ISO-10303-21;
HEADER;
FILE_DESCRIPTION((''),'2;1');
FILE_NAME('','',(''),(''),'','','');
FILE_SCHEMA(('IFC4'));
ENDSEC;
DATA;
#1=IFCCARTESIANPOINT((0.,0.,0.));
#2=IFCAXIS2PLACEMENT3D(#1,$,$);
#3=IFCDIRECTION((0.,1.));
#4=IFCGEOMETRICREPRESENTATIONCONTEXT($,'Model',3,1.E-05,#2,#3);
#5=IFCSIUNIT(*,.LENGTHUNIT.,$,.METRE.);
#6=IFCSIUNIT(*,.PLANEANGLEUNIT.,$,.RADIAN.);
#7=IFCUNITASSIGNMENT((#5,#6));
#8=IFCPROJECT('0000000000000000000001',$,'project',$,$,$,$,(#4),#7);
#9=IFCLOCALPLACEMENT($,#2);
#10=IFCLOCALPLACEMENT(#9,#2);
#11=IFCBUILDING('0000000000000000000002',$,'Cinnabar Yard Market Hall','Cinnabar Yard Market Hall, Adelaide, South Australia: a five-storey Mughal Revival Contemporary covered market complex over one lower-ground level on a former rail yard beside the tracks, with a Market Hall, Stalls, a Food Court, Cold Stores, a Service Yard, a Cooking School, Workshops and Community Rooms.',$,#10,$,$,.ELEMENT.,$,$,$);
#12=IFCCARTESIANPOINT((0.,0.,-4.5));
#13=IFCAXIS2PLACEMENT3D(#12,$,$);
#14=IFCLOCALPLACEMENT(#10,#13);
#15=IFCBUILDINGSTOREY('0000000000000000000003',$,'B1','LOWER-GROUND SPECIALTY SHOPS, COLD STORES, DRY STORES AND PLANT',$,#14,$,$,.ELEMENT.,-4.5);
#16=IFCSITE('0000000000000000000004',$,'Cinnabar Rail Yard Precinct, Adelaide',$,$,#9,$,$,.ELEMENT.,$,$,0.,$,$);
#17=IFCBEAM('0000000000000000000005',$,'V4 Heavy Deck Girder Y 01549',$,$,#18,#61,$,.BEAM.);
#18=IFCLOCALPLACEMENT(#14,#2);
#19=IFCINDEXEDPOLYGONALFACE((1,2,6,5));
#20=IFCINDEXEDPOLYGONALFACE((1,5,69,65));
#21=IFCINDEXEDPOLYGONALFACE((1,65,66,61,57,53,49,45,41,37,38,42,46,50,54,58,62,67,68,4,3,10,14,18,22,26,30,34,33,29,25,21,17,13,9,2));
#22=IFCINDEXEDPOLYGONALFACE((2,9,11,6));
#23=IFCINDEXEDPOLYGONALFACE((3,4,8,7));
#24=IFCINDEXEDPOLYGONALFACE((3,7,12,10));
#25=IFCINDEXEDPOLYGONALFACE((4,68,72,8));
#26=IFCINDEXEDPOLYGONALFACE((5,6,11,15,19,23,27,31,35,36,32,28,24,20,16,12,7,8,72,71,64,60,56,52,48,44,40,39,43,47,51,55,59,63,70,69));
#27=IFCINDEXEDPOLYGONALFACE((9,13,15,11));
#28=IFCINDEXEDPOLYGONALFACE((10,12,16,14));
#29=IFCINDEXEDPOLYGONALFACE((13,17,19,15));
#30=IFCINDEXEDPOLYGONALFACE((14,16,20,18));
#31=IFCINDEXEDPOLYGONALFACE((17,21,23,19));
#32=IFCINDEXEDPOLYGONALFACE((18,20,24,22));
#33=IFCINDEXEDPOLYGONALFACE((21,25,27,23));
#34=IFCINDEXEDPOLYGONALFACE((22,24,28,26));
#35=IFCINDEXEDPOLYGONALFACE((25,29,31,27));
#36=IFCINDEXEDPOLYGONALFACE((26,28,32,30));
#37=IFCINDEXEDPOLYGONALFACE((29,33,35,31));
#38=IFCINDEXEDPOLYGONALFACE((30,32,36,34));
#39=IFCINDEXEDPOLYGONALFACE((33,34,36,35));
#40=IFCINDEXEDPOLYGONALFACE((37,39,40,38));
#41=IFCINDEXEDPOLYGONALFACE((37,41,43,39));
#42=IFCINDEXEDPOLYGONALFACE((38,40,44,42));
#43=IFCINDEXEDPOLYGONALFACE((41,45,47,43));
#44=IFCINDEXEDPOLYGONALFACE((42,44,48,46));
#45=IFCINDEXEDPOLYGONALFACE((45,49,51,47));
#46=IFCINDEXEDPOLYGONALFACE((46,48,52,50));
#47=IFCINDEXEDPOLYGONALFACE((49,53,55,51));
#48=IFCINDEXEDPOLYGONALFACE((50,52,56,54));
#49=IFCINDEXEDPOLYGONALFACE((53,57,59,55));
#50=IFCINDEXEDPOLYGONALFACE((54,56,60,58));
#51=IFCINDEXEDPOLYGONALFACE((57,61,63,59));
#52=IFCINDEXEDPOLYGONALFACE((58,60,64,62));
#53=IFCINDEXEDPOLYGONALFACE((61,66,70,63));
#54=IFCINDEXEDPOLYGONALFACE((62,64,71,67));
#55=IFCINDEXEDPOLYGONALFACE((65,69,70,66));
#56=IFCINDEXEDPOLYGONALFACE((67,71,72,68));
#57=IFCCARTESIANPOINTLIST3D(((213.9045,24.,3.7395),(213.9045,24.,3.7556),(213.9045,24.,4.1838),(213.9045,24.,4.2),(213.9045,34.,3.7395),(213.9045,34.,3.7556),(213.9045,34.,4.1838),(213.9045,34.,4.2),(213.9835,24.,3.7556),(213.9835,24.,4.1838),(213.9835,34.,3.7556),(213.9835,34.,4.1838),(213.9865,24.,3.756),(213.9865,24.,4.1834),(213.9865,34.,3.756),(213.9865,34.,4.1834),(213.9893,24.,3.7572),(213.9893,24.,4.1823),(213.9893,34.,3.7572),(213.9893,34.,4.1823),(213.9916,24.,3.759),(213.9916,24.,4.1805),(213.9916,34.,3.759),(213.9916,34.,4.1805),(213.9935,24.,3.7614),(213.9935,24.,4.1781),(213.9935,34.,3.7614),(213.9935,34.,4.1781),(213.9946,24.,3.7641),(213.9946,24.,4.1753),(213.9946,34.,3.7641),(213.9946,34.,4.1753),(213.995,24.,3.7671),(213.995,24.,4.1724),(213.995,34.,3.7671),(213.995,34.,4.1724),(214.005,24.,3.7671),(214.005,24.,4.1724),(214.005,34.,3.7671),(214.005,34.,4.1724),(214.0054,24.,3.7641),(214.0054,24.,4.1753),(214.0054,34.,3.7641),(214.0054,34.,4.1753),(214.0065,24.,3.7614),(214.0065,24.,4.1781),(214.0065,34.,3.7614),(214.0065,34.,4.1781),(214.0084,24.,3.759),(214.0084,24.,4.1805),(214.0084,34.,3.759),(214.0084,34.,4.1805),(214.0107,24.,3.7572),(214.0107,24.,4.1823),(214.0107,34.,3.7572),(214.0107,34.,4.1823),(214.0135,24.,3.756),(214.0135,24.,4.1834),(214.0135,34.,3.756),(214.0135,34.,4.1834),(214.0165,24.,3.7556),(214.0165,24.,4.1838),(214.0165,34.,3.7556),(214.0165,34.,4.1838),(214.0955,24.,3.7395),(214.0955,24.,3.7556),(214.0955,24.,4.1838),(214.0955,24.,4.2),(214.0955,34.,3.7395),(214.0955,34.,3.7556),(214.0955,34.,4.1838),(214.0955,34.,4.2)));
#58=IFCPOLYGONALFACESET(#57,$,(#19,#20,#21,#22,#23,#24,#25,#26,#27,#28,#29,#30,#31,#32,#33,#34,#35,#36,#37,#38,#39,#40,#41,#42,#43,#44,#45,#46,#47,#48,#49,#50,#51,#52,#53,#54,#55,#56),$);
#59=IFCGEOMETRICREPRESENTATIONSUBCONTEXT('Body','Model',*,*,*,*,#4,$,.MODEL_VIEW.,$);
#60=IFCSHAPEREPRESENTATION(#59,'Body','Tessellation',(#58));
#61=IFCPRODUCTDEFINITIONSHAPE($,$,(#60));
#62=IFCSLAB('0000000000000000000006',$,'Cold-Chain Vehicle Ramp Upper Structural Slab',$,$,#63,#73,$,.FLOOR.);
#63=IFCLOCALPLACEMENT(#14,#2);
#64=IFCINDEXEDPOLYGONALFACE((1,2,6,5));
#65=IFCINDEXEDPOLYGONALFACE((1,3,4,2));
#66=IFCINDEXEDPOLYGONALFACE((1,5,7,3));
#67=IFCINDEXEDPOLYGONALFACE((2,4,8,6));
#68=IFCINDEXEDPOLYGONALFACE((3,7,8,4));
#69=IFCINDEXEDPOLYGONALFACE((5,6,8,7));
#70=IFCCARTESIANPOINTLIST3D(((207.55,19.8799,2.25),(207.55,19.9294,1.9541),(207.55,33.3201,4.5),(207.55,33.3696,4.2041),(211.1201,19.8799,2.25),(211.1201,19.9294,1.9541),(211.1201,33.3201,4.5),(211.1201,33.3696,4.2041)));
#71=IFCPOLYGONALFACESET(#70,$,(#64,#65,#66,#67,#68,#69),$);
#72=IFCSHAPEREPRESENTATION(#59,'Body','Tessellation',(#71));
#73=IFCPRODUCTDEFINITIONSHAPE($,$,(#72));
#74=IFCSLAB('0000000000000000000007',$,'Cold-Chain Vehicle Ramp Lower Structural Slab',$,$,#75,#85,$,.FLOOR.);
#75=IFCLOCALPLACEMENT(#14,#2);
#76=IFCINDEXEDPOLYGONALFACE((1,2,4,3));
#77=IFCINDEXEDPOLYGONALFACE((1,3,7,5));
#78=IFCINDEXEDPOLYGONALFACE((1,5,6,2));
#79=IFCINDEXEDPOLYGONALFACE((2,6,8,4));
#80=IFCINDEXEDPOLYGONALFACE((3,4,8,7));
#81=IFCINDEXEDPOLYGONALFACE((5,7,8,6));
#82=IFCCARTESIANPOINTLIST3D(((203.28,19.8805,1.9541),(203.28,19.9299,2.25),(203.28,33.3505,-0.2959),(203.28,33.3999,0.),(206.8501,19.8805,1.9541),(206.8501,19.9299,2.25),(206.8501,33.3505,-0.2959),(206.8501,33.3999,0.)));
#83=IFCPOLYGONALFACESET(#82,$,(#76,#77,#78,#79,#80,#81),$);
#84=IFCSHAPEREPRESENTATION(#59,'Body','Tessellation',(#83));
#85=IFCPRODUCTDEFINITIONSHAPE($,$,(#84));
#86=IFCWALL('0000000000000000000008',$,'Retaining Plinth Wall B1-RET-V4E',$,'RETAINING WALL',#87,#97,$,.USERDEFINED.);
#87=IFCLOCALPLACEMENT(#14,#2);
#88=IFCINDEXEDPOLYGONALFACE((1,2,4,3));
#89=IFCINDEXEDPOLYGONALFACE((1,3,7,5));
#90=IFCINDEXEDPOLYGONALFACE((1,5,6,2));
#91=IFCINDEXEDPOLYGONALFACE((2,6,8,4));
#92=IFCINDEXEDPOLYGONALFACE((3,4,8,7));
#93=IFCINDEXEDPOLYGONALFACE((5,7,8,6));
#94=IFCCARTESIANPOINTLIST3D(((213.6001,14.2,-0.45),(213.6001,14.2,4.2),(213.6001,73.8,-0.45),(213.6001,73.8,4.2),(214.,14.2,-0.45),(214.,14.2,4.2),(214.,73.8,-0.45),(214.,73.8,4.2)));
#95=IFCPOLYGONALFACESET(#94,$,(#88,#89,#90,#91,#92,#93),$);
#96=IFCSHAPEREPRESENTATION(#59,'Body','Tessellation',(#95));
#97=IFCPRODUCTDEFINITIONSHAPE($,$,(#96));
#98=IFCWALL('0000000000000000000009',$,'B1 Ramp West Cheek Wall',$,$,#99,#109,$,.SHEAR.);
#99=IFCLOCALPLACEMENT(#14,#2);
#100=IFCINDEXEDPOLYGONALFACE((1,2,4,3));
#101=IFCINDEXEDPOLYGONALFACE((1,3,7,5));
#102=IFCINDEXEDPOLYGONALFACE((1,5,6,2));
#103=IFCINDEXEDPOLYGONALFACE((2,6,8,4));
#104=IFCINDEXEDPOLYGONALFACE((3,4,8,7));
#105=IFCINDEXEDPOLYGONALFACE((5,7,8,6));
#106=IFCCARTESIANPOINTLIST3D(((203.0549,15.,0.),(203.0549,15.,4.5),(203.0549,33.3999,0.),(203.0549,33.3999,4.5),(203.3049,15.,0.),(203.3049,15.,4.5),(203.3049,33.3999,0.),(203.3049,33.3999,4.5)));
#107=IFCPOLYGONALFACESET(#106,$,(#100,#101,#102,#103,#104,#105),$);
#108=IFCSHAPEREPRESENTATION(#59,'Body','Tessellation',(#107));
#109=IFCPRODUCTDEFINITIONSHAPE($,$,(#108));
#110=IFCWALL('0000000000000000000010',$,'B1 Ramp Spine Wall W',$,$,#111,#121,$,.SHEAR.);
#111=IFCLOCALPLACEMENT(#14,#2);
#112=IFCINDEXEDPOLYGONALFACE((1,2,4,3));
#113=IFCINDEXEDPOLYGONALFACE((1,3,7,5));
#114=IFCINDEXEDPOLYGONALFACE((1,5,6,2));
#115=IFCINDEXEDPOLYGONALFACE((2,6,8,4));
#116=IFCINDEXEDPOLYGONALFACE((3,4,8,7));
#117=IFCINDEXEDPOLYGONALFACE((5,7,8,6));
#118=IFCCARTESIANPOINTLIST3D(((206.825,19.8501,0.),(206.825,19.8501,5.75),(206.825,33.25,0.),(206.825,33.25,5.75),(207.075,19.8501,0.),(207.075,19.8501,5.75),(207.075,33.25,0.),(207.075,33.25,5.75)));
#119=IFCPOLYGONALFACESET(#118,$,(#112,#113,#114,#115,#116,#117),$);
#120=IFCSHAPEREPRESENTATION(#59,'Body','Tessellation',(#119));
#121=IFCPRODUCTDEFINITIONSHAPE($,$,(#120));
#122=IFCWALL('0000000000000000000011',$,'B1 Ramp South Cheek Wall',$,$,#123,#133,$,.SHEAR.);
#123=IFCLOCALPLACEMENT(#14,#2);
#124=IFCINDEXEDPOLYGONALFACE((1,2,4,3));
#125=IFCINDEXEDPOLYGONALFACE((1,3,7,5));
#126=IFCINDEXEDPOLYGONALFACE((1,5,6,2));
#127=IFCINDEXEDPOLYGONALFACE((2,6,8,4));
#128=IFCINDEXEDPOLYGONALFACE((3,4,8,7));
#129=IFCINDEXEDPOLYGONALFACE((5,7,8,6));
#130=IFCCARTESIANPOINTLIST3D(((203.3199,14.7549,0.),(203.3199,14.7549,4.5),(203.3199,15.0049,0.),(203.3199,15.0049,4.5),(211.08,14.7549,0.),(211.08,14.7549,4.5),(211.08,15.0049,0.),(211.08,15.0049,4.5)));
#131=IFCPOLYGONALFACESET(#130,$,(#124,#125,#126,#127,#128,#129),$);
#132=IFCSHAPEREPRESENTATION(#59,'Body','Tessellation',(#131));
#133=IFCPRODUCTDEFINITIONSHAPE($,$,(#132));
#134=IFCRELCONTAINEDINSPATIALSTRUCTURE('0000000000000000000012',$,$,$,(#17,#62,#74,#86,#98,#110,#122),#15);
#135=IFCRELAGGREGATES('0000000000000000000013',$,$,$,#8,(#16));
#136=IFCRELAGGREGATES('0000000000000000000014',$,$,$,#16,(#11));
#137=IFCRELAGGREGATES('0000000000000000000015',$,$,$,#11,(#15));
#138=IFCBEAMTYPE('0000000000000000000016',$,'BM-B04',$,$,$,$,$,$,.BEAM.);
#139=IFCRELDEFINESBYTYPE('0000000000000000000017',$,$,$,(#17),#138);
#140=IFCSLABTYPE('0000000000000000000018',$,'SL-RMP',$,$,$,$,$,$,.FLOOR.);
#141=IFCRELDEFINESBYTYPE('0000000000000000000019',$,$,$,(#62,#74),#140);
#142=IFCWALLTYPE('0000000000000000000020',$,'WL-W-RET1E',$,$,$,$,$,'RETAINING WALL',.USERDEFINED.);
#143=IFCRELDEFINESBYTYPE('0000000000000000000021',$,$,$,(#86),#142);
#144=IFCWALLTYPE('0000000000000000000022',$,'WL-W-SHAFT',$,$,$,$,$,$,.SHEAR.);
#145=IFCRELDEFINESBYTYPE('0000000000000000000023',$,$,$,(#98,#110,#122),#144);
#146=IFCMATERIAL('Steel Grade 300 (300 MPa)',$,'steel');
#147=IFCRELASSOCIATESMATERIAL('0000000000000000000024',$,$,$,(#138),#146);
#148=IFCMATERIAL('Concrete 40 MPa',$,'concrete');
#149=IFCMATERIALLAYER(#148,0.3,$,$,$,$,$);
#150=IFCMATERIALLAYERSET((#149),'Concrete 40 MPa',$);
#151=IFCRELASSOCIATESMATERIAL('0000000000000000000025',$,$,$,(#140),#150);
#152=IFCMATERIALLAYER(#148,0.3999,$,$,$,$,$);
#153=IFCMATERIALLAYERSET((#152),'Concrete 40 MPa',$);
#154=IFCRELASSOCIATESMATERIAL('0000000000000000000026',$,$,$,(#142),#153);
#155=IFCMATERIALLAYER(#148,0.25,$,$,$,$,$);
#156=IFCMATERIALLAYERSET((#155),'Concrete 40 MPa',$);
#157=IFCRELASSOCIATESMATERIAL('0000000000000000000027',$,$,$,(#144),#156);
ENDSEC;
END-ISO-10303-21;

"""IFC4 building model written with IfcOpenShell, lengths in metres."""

from ifc_helpers import new_model, si_unit, direction, frame, frame_2d, origin, origin_2d_with_axis, place, context, subcontext, project, spatial, polyline, rectangle, i_section, outline, extrude, material, layer, layer_set, material_profile, profile_set, type_object, element, save


model = new_model("IFC4")

# Units and contexts
model_context = context("Model", 3, precision=1e-05, world=origin(), true_north=direction((0.0, 1.0)))
body_context = subcontext(model_context, "Body", "Model", "MODEL_VIEW")
ifc_project = project(units=[si_unit("LENGTHUNIT", "METRE"), si_unit("PLANEANGLEUNIT", "RADIAN")], contexts=[model_context])

# Site, building, storey
site_placement = place(None, origin())
site = spatial("IfcSite", under=ifc_project, at=site_placement, Name="Cinnabar Rail Yard Precinct, Adelaide", CompositionType="ELEMENT", RefElevation=0.0)
building_placement = place(site_placement, origin())
building = spatial("IfcBuilding", under=site, at=building_placement, Name="Cinnabar Yard Market Hall", Description="Cinnabar Yard Market Hall, Adelaide, South Australia: a five-storey Mughal Revival Contemporary covered market complex over one lower-ground level on a former rail yard beside the tracks, with a Market Hall, Stalls, a Food Court, Cold Stores, a Service Yard, a Cooking School, Workshops and Community Rooms.", CompositionType="ELEMENT")
storey_placement = place(building_placement, frame((0.0, 0.0, -4.5)))
storey = spatial("IfcBuildingStorey", under=building, at=storey_placement, Name="B1", Description="LOWER-GROUND SPECIALTY SHOPS, COLD STORES, DRY STORES AND PLANT", CompositionType="ELEMENT", Elevation=-4.5)

# Shared definitions
ifc_material_1 = material(Name="Concrete 40 MPa", Category="concrete")

# Shared definitions
ifc_material_2 = material(Name="Steel Grade 300 (300 MPa)", Category="steel")

# Beam
ifc_material_profile_1 = material_profile(ifc_material_2, i_section(OverallWidth=0.1909, OverallDepth=0.4604, WebThickness=0.01, FlangeThickness=0.0161, FilletRadius=0.0115, at=origin_2d_with_axis()), Name="460UB82.1")
ifc_profile_set_1 = profile_set([ifc_material_profile_1], Name="Steel Grade 300 (300 MPa)")
beam_type = type_object("IfcBeamType", Name="BM-B04", PredefinedType="BEAM", material=ifc_profile_set_1)
for number, where, z_axis, x_axis, name in (
    (1, (214.0, 24.0, 3.9697), (0.0, 1.0, 0.0), (-1.0, 0.0, 0.0), "V4 Heavy Deck Girder Y 01549"),
):
    element("IfcBeam", number, at=place(storey_placement, frame(where, z_axis=z_axis, x_axis=x_axis)), inside=storey, type_object=beam_type, Name=name, PredefinedType="BEAM", context=body_context, shape_type="SweptSolid", body=[
        extrude(i_section(OverallWidth=0.1909, OverallDepth=0.4604, WebThickness=0.01, FlangeThickness=0.0161, FilletRadius=0.0115, at=origin_2d_with_axis()), origin(), (0.0, 0.0, 1.0), 10.0),
    ])

# Slabs
ifc_layer_1 = layer(ifc_material_1, 0.3)
ifc_layer_set_1 = layer_set([ifc_layer_1], Name="Concrete 40 MPa")
slab_type = type_object("IfcSlabType", Name="SL-RMP", PredefinedType="FLOOR", material=ifc_layer_set_1)
slab_1_placement = place(storey_placement, frame((207.55, 19.8799, 2.25), z_axis=(0.0, -0.165111, 0.986275), x_axis=(1.0, 0.0, 0.0)))
element("IfcSlab", 2, at=slab_1_placement, inside=storey, type_object=slab_type, Name="Cold-Chain Vehicle Ramp Upper Structural Slab", PredefinedType="FLOOR", context=body_context, shape_type="SweptSolid", body=[
    extrude(outline(polyline([(0.0, 0.0), (3.5701, 0.0), (3.5701, 13.6272), (0.0, 13.6272), (0.0, 0.0)])), origin(), (0.0, 0.0, -1.0), 0.3),
])
slab_2_placement = place(storey_placement, frame((203.28, 19.9299, 2.25), z_axis=(0.0, 0.164756, 0.986334), x_axis=(1.0, 0.0, 0.0)))
element("IfcSlab", 3, at=slab_2_placement, inside=storey, type_object=slab_type, Name="Cold-Chain Vehicle Ramp Lower Structural Slab", PredefinedType="FLOOR", context=body_context, shape_type="SweptSolid", body=[
    extrude(outline(polyline([(0.0, 0.0), (3.5701, 0.0), (3.5701, 13.6566), (0.0, 13.6566), (0.0, 0.0)])), origin(), (0.0, 0.0, -1.0), 0.3),
])

# Walls
ifc_layer_2 = layer(ifc_material_1, 0.3999)
ifc_layer_set_2 = layer_set([ifc_layer_2], Name="Concrete 40 MPa")
wall_type_1 = type_object("IfcWallType", Name="WL-W-RET1E", ElementType="RETAINING WALL", PredefinedType="USERDEFINED", material=ifc_layer_set_2)
wall_1_placement = place(storey_placement, frame((213.8, 14.2, -0.45), z_axis=(0.0, 0.0, 1.0), x_axis=(0.0, 1.0, 0.0)))
element("IfcWall", 4, at=wall_1_placement, inside=storey, type_object=wall_type_1, Name="Retaining Plinth Wall B1-RET-V4E", ObjectType="RETAINING WALL", PredefinedType="USERDEFINED", context=body_context, shape_type="SweptSolid", body=[
    extrude(rectangle(XDim=59.6001, YDim=0.3999, at=frame_2d((29.8, 0.0), x_axis=(1.0, 0.0))), origin(), (0.0, 0.0, 1.0), 4.6499),
])
ifc_layer_3 = layer(ifc_material_1, 0.25)
ifc_layer_set_3 = layer_set([ifc_layer_3], Name="Concrete 40 MPa")
wall_type_2 = type_object("IfcWallType", Name="WL-W-SHAFT", PredefinedType="SHEAR", material=ifc_layer_set_3)
wall_2_placement = place(storey_placement, frame((203.1799, 15.0, 0.0), z_axis=(0.0, 0.0, 1.0), x_axis=(0.0, 1.0, 0.0)))
element("IfcWall", 5, at=wall_2_placement, inside=storey, type_object=wall_type_2, Name="B1 Ramp West Cheek Wall", PredefinedType="SHEAR", context=body_context, shape_type="SweptSolid", body=[
    extrude(rectangle(XDim=18.3999, YDim=0.25, at=frame_2d((9.2, 0.0), x_axis=(1.0, 0.0))), origin(), (0.0, 0.0, 1.0), 4.5),
])
wall_3_placement = place(storey_placement, frame((206.95, 19.8501, 0.0), z_axis=(0.0, 0.0, 1.0), x_axis=(0.0, 1.0, 0.0)))
element("IfcWall", 6, at=wall_3_placement, inside=storey, type_object=wall_type_2, Name="B1 Ramp Spine Wall W", PredefinedType="SHEAR", context=body_context, shape_type="SweptSolid", body=[
    extrude(rectangle(XDim=13.3999, YDim=0.25, at=frame_2d((6.7, 0.0), x_axis=(1.0, 0.0))), origin(), (0.0, 0.0, 1.0), 5.75),
])
wall_4_placement = place(storey_placement, frame((203.3201, 14.8799, 0.0), z_axis=(0.0, 0.0, 1.0), x_axis=(1.0, 0.0, 0.0)))
element("IfcWall", 7, at=wall_4_placement, inside=storey, type_object=wall_type_2, Name="B1 Ramp South Cheek Wall", PredefinedType="SHEAR", context=body_context, shape_type="SweptSolid", body=[
    extrude(rectangle(XDim=7.76, YDim=0.25, at=frame_2d((3.8799, 0.0), x_axis=(1.0, 0.0))), origin(), (0.0, 0.0, 1.0), 4.5),
])

save(model, "model.ifc")
